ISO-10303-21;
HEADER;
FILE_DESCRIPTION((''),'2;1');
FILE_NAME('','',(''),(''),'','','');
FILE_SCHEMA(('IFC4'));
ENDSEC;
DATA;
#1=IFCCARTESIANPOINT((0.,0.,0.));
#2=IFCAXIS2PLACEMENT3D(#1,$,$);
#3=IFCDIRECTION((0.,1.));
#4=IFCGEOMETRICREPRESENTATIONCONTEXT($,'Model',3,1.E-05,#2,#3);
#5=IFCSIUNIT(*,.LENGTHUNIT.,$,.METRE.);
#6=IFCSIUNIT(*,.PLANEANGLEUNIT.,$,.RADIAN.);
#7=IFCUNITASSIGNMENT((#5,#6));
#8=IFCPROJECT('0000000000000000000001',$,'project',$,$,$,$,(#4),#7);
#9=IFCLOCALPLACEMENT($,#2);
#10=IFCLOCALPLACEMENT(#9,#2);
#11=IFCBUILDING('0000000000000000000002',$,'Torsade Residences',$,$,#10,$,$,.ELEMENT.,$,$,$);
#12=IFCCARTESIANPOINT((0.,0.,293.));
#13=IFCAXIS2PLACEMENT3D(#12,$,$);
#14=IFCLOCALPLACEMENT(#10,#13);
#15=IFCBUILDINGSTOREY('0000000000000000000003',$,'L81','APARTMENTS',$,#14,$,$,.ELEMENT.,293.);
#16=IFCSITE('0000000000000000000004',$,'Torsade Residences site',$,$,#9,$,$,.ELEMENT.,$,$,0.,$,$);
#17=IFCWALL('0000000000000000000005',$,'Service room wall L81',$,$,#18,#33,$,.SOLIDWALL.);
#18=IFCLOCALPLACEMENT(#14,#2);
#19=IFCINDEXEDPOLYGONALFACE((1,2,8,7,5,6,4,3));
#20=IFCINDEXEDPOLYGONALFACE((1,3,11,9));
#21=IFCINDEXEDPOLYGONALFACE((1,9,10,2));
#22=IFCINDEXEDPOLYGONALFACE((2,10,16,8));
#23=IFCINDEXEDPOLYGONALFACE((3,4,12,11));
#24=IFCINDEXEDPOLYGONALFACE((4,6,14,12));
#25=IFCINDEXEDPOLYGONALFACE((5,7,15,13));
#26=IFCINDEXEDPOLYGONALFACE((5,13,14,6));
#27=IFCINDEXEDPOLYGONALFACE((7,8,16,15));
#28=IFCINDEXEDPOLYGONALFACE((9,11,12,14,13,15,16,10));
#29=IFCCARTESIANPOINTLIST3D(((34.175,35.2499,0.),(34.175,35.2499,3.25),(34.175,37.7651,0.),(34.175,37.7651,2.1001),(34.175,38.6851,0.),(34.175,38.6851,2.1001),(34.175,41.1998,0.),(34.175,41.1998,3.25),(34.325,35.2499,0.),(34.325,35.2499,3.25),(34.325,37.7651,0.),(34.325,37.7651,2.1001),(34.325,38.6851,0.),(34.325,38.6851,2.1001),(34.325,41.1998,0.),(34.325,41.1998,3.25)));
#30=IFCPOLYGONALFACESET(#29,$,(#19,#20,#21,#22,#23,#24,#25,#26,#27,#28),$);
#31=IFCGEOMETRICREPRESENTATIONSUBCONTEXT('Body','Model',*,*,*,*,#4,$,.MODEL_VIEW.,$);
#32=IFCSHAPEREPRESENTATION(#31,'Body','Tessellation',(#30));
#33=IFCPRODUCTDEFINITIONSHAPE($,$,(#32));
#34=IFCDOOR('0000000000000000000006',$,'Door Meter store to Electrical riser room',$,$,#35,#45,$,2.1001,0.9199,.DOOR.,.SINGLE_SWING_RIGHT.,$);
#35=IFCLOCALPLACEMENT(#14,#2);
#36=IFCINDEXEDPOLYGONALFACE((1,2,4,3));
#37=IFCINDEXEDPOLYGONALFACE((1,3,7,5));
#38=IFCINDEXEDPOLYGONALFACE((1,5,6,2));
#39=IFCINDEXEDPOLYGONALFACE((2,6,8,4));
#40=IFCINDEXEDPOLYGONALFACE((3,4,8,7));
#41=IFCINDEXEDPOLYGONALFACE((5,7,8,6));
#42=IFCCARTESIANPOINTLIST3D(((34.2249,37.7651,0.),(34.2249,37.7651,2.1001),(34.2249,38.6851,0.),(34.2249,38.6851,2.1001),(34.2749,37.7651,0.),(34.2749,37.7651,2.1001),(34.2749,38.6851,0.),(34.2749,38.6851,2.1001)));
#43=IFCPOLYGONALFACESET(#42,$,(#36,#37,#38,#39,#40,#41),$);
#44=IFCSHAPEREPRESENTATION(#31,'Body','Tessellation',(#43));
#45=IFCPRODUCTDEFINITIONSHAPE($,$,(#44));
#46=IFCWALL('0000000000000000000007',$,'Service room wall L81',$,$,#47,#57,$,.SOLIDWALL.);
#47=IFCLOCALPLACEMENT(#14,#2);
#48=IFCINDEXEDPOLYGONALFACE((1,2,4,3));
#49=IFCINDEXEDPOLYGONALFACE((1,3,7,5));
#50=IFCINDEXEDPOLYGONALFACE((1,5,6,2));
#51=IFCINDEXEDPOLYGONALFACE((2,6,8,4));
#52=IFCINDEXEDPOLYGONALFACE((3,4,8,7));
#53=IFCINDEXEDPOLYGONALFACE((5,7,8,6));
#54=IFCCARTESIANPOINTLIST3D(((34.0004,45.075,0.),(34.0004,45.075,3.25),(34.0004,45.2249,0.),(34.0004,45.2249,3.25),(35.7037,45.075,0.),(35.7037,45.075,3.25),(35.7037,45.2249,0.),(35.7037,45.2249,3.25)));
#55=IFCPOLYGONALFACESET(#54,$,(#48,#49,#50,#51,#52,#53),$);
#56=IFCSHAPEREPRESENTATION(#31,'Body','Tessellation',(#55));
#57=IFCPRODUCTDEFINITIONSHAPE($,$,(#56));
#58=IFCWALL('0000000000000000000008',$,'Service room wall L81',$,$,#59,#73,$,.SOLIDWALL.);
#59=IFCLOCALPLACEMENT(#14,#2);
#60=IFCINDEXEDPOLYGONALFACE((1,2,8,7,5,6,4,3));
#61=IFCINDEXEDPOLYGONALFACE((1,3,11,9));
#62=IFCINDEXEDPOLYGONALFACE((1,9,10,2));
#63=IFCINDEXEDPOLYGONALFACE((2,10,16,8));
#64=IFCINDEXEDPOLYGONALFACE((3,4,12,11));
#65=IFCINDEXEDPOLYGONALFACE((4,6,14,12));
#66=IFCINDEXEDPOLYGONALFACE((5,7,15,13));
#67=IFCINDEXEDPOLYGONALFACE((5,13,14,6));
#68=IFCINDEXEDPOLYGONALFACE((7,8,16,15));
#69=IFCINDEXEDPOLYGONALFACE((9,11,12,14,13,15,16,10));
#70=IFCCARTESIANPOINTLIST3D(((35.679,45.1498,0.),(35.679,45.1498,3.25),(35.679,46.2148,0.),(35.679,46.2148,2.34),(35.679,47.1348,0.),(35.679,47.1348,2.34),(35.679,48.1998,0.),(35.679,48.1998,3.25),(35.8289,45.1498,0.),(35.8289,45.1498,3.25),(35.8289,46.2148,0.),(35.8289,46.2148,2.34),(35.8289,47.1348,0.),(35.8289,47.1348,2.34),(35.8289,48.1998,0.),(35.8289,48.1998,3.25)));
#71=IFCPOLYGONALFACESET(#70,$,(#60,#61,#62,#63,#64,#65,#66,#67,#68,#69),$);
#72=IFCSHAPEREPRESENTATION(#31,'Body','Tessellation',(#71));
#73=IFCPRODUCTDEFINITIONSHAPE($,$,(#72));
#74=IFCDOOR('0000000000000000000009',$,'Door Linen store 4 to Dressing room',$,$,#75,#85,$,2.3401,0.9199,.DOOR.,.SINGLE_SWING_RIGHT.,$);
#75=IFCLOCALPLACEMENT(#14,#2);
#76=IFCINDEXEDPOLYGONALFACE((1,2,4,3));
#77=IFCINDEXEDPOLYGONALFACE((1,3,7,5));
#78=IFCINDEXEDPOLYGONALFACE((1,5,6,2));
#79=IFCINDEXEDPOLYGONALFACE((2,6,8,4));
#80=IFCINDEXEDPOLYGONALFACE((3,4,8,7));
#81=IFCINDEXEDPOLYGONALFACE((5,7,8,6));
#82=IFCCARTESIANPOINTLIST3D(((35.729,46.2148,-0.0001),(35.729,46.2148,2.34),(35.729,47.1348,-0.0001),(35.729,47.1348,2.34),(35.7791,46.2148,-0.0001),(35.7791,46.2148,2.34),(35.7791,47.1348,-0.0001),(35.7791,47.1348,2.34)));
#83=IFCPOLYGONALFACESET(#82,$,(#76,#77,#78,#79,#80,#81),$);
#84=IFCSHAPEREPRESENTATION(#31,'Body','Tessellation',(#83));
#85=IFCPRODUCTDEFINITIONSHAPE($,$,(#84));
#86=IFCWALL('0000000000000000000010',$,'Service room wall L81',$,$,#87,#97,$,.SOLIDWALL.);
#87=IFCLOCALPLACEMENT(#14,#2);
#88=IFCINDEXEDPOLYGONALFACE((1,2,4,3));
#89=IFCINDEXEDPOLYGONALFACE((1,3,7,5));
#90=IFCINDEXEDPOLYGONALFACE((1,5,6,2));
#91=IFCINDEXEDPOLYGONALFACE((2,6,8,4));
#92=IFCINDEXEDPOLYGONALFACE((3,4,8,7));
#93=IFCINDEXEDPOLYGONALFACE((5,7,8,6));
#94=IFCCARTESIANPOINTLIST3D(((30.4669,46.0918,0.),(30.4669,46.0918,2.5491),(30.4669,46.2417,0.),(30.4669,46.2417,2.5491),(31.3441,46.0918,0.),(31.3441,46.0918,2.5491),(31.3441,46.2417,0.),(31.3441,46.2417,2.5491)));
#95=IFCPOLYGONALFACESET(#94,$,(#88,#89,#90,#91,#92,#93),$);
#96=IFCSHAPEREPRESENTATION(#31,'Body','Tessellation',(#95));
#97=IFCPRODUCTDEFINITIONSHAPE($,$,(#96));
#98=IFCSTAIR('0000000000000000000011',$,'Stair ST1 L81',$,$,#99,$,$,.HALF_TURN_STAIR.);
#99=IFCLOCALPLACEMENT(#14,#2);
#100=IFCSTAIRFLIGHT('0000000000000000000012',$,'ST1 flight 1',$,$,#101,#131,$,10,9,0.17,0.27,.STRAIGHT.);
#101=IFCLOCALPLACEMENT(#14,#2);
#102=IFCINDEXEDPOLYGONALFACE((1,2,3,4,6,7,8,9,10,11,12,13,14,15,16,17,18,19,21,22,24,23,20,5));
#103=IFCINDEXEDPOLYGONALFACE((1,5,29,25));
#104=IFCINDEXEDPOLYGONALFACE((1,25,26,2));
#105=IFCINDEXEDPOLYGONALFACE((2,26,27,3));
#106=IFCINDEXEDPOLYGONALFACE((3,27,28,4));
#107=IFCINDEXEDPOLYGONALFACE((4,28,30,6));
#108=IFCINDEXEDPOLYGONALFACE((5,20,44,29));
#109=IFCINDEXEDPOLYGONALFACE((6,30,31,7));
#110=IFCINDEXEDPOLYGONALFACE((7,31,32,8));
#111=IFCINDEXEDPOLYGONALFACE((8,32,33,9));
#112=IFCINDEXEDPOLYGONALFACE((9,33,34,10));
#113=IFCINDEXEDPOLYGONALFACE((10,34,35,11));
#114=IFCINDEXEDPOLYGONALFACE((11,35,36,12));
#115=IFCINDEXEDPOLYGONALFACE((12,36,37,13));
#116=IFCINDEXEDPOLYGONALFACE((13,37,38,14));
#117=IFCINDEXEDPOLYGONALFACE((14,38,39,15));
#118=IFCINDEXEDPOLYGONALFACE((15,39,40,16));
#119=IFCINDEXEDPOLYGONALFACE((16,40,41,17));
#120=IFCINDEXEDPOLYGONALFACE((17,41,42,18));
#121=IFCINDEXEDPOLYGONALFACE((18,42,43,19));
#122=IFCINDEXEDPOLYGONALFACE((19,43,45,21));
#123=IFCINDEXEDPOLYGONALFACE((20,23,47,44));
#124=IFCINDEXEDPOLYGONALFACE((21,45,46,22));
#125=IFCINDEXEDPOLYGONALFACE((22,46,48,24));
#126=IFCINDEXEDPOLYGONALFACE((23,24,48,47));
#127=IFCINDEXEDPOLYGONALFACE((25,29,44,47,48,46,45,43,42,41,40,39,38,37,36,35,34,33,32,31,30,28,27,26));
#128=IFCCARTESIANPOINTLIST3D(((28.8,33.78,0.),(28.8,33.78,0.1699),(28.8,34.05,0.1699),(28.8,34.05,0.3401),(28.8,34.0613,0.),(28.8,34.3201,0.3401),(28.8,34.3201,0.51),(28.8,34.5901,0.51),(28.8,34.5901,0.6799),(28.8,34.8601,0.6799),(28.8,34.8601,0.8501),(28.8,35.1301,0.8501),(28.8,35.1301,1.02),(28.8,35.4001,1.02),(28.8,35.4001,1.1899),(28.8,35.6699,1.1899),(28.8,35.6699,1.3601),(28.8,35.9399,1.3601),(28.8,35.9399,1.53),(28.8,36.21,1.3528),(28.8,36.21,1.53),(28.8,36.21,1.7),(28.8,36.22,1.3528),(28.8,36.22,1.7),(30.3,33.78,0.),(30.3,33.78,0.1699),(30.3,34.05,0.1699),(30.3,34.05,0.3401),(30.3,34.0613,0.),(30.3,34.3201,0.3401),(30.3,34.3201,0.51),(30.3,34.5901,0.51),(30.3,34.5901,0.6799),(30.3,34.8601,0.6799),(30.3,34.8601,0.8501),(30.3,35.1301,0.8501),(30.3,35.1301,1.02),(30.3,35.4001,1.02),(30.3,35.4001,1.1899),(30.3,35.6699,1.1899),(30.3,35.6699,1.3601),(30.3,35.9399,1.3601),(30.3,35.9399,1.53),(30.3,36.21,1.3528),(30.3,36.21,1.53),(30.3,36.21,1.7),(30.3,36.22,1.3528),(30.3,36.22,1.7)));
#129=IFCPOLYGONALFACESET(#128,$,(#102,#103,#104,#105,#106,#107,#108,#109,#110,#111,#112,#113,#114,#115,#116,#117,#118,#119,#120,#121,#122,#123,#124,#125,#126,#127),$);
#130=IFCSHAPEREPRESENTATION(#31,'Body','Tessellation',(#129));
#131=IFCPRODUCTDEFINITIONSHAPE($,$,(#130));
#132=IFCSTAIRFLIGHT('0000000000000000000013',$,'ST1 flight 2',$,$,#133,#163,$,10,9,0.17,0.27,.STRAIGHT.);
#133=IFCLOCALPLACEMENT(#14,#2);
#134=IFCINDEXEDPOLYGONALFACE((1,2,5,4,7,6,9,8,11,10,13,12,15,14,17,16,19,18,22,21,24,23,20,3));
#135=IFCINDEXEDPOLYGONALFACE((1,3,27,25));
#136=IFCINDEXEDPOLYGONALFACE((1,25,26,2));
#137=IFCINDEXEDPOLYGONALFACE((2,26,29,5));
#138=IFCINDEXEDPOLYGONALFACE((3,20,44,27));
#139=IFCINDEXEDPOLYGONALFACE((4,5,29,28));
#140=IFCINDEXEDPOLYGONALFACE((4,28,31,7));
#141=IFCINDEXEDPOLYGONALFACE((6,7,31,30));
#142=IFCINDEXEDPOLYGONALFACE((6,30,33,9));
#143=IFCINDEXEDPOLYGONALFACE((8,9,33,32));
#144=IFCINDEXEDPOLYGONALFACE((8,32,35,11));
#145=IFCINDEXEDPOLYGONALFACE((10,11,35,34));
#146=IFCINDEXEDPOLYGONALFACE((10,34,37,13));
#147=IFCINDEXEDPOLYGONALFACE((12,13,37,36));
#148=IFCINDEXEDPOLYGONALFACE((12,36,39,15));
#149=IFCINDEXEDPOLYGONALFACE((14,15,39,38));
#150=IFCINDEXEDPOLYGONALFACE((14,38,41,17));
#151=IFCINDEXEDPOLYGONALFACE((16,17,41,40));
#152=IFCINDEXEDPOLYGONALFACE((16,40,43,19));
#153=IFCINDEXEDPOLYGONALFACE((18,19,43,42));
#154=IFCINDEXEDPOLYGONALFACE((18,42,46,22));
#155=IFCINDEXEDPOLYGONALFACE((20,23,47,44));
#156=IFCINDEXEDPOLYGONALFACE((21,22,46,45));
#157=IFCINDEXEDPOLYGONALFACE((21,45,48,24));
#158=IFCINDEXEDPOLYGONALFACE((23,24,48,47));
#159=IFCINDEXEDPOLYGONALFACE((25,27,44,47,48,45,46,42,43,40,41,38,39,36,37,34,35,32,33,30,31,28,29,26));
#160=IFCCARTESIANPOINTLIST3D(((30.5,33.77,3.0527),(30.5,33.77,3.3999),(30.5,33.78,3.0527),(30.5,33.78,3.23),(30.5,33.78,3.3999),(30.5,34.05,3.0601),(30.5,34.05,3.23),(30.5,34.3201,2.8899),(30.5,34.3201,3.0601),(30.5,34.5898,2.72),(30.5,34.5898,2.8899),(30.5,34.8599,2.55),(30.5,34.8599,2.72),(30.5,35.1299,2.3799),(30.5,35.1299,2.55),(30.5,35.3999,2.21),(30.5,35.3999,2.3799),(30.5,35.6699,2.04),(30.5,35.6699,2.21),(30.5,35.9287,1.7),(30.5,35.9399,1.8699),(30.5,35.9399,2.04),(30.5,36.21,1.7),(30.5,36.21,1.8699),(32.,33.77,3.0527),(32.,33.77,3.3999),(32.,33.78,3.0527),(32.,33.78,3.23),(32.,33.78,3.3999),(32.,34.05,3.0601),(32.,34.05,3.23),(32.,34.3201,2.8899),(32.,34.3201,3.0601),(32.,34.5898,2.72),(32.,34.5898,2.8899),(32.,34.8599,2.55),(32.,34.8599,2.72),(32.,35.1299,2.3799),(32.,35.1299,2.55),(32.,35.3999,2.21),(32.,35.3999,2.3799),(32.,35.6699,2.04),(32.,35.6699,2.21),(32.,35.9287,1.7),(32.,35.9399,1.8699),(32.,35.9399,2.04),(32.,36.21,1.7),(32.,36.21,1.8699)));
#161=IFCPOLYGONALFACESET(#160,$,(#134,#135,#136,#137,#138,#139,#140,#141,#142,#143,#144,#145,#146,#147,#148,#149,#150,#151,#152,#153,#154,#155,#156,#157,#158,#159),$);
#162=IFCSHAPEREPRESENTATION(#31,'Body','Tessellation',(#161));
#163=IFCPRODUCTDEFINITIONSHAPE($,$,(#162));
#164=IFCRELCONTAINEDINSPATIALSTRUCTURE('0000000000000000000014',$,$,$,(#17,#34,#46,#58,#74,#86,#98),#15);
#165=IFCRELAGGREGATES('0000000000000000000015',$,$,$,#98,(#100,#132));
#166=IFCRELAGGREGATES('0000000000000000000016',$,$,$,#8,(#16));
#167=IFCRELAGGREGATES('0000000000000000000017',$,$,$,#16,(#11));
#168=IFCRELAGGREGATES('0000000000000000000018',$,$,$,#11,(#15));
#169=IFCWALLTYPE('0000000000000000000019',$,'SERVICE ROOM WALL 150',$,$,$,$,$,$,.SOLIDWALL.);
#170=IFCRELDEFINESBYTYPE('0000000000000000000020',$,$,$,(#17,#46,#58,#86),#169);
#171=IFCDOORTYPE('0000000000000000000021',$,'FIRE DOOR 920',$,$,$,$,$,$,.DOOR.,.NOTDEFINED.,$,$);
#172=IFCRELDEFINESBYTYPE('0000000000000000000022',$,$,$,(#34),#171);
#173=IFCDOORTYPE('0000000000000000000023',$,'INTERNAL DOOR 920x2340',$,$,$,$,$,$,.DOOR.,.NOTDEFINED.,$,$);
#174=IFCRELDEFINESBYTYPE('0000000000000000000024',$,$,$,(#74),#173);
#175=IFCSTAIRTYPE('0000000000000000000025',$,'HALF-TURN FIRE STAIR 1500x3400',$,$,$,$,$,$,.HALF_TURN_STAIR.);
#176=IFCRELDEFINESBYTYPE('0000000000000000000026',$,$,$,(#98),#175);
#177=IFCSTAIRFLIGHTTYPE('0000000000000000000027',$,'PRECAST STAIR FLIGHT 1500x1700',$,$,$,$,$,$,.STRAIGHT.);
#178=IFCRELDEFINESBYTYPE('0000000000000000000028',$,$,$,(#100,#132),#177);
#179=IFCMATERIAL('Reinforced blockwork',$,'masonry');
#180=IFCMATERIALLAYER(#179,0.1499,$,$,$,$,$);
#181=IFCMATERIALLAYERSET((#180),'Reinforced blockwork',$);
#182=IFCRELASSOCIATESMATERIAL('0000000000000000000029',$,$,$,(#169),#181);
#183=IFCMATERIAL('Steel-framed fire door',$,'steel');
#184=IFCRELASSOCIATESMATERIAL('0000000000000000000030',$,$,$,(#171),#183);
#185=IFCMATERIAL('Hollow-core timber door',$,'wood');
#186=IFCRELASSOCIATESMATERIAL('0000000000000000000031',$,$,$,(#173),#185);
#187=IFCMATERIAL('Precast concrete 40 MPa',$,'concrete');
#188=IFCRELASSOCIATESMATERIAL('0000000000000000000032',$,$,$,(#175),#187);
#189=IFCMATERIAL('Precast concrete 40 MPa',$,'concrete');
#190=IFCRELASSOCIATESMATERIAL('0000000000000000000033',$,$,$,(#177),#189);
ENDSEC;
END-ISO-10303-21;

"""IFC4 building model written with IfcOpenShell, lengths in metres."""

from ifc_helpers import new_model, si_unit, direction, frame, frame_2d, origin, place, context, subcontext, project, spatial, polyline, rectangle, outline, extrude, material, layer, layer_set, type_object, element, fill, aggregate, save


model = new_model("IFC4")

# Units and contexts
model_context = context("Model", 3, precision=1e-05, world=origin(), true_north=direction((0.0, 1.0)))
body_context = subcontext(model_context, "Body", "Model", "MODEL_VIEW")
ifc_project = project(units=[si_unit("LENGTHUNIT", "METRE"), si_unit("PLANEANGLEUNIT", "RADIAN")], contexts=[model_context])

# Site, building, storey
site_placement = place(None, origin())
site = spatial("IfcSite", under=ifc_project, at=site_placement, Name="Torsade Residences site", CompositionType="ELEMENT", RefElevation=0.0)
building_placement = place(site_placement, origin())
building = spatial("IfcBuilding", under=site, at=building_placement, Name="Torsade Residences", CompositionType="ELEMENT")
storey_placement = place(building_placement, frame((0.0, 0.0, 293.0)))
storey = spatial("IfcBuildingStorey", under=building, at=storey_placement, Name="L81", Description="APARTMENTS", CompositionType="ELEMENT", Elevation=293.0)

# Wall, opening, door
ifc_material_1 = material(Name="Reinforced blockwork", Category="masonry")
ifc_layer_1 = layer(ifc_material_1, 0.1499)
ifc_layer_set_1 = layer_set([ifc_layer_1], Name="Reinforced blockwork")
wall_type_1 = type_object("IfcWallType", Name="SERVICE ROOM WALL 150", PredefinedType="SOLIDWALL", material=ifc_layer_set_1)
wall_1_placement = place(storey_placement, frame((34.25, 41.2, 0.0), z_axis=(0.0, 0.0, 1.0), x_axis=(0.0, -1.0, 0.0)))
wall_1 = element("IfcWall", 1, at=wall_1_placement, inside=storey, type_object=wall_type_1, Name="Service room wall L81", PredefinedType="SOLIDWALL", context=body_context, shape_type="SweptSolid", body=[
    extrude(rectangle(XDim=5.95, YDim=0.1499, at=frame_2d((2.9751, 0.0))), origin(), (0.0, 0.0, 1.0), 3.25),
])
opening_1_placement = place(wall_1_placement, frame((2.5149, 0.0, 0.0)))
opening_1 = element("IfcOpeningElement", 2, at=opening_1_placement, cuts=wall_1, PredefinedType="OPENING", context=body_context, shape_type="SweptSolid", body=[
    extrude(rectangle(XDim=0.9199, YDim=2.1001, at=frame_2d((0.46, 1.05))), frame((0.0, 0.085, 0.0), z_axis=(0.0, -1.0, 0.0), x_axis=(1.0, 0.0, 0.0)), (0.0, 0.0, 1.0), 0.1699),
])
ifc_material_2 = material(Name="Steel-framed fire door", Category="steel")
door_type_1 = type_object("IfcDoorType", Name="FIRE DOOR 920", OperationType="NOTDEFINED", PredefinedType="DOOR", material=ifc_material_2)
door_1_placement = place(opening_1_placement, origin())
door_1 = element("IfcDoor", 3, at=door_1_placement, inside=storey, type_object=door_type_1, Name="Door Meter store to Electrical riser room", OperationType="SINGLE_SWING_RIGHT", OverallHeight=2.1001, OverallWidth=0.9199, PredefinedType="DOOR", context=body_context, shape_type="SweptSolid", body=[
    extrude(rectangle(XDim=0.9199, YDim=2.1001, at=frame_2d((0.46, 1.05))), frame((0.0, 0.0249, 0.0), z_axis=(0.0, -1.0, 0.0), x_axis=(1.0, 0.0, 0.0)), (0.0, 0.0, 1.0), 0.05),
])
fill(opening_1, door_1)

# Wall
wall_2_placement = place(storey_placement, frame((34.0005, 45.1499, 0.0), z_axis=(0.0, 0.0, 1.0), x_axis=(1.0, 0.0, 0.0)))
element("IfcWall", 4, at=wall_2_placement, inside=storey, type_object=wall_type_1, Name="Service room wall L81", PredefinedType="SOLIDWALL", context=body_context, shape_type="SweptSolid", body=[
    extrude(rectangle(XDim=1.7034, YDim=0.1499, at=frame_2d((0.8516, 0.0))), origin(), (0.0, 0.0, 1.0), 3.25),
])

# Wall, opening, door
wall_3_placement = place(storey_placement, frame((35.7539, 45.1499, 0.0), z_axis=(0.0, 0.0, 1.0), x_axis=(0.0, 1.0, 0.0)))
wall_3 = element("IfcWall", 5, at=wall_3_placement, inside=storey, type_object=wall_type_1, Name="Service room wall L81", PredefinedType="SOLIDWALL", context=body_context, shape_type="SweptSolid", body=[
    extrude(rectangle(XDim=3.05, YDim=0.1499, at=frame_2d((1.5249, 0.0))), origin(), (0.0, 0.0, 1.0), 3.25),
])
opening_2_placement = place(wall_3_placement, frame((1.0649, 0.0, 0.0)))
opening_2 = element("IfcOpeningElement", 6, at=opening_2_placement, cuts=wall_3, PredefinedType="OPENING", context=body_context, shape_type="SweptSolid", body=[
    extrude(rectangle(XDim=0.9199, YDim=2.3401, at=frame_2d((0.46, 1.1699))), frame((0.0, 0.085, 0.0), z_axis=(0.0, -1.0, 0.0), x_axis=(1.0, 0.0, 0.0)), (0.0, 0.0, 1.0), 0.1699),
])
ifc_material_3 = material(Name="Hollow-core timber door", Category="wood")
door_type_2 = type_object("IfcDoorType", Name="INTERNAL DOOR 920x2340", OperationType="NOTDEFINED", PredefinedType="DOOR", material=ifc_material_3)
door_2_placement = place(opening_2_placement, origin())
door_2 = element("IfcDoor", 7, at=door_2_placement, inside=storey, type_object=door_type_2, Name="Door Linen store 4 to Dressing room", OperationType="SINGLE_SWING_RIGHT", OverallHeight=2.3401, OverallWidth=0.9199, PredefinedType="DOOR", context=body_context, shape_type="SweptSolid", body=[
    extrude(rectangle(XDim=0.9199, YDim=2.3401, at=frame_2d((0.46, 1.1699))), frame((0.0, 0.0249, 0.0), z_axis=(0.0, -1.0, 0.0), x_axis=(1.0, 0.0, 0.0)), (0.0, 0.0, 1.0), 0.05),
])
fill(opening_2, door_2)

# Wall
wall_4_placement = place(storey_placement, frame((30.467, 46.1667, 0.0), z_axis=(0.0, 0.0, 1.0), x_axis=(1.0, 0.0, 0.0)))
element("IfcWall", 8, at=wall_4_placement, inside=storey, type_object=wall_type_1, Name="Service room wall L81", PredefinedType="SOLIDWALL", context=body_context, shape_type="SweptSolid", body=[
    extrude(rectangle(XDim=0.8772, YDim=0.1499, at=frame_2d((0.4385, 0.0))), origin(), (0.0, 0.0, 1.0), 2.5491),
])

# Stair, stair flights
ifc_material_4 = material(Name="Precast concrete 40 MPa", Category="concrete")
stair_type = type_object("IfcStairType", Name="HALF-TURN FIRE STAIR 1500x3400", PredefinedType="HALF_TURN_STAIR", material=ifc_material_4)
stair_placement = place(storey_placement, origin())
stair = element("IfcStair", 9, at=stair_placement, inside=storey, type_object=stair_type, Name="Stair ST1 L81", PredefinedType="HALF_TURN_STAIR")
ifc_material_5 = material(Name="Precast concrete 40 MPa", Category="concrete")
stair_flight_type = type_object("IfcStairFlightType", Name="PRECAST STAIR FLIGHT 1500x1700", PredefinedType="STRAIGHT", material=ifc_material_5)
stair_flight_1_placement = place(storey_placement, frame((29.55, 33.78, 0.0), z_axis=(0.0, 0.0, 1.0), x_axis=(0.0, 1.0, 0.0)))
stair_flight_1 = element("IfcStairFlight", 10, at=stair_flight_1_placement, type_object=stair_flight_type, Name="ST1 flight 1", NumberOfRisers=10, NumberOfTreads=9, PredefinedType="STRAIGHT", RiserHeight=0.17, TreadLength=0.27, context=body_context, shape_type="SweptSolid", body=[
    extrude(outline(polyline([(0.0, 0.0), (0.0, 0.1699), (0.27, 0.1699), (0.27, 0.3401), (0.54, 0.3401), (0.54, 0.51), (0.8101, 0.51), (0.8101, 0.6799), (1.0801, 0.6799), (1.0801, 0.8501), (1.3501, 0.8501), (1.3501, 1.02), (1.6201, 1.02), (1.6201, 1.1899), (1.8899, 1.1899), (1.8899, 1.3601), (2.1599, 1.3601), (2.1599, 1.53), (2.4299, 1.53), (2.4299, 1.7), (2.4399, 1.7), (2.4399, 1.3528), (2.4299, 1.3528), (0.2812, 0.0), (0.0, 0.0)])), frame((0.0, 0.75, 0.0), z_axis=(0.0, -1.0, 0.0), x_axis=(1.0, 0.0, 0.0)), (0.0, 0.0, 1.0), 1.5),
])
stair_flight_2_placement = place(storey_placement, frame((31.25, 36.21, 1.7), z_axis=(0.0, 0.0, 1.0), x_axis=(0.0, -1.0, 0.0)))
stair_flight_2 = element("IfcStairFlight", 11, at=stair_flight_2_placement, type_object=stair_flight_type, Name="ST1 flight 2", NumberOfRisers=10, NumberOfTreads=9, PredefinedType="STRAIGHT", RiserHeight=0.17, TreadLength=0.27, context=body_context, shape_type="SweptSolid", body=[
    extrude(outline(polyline([(0.0, 0.0), (0.0, 0.1699), (0.27, 0.1699), (0.27, 0.3401), (0.54, 0.3401), (0.54, 0.51), (0.8101, 0.51), (0.8101, 0.6799), (1.0801, 0.6799), (1.0801, 0.8501), (1.3501, 0.8501), (1.3501, 1.02), (1.6201, 1.02), (1.6201, 1.1899), (1.8899, 1.1899), (1.8899, 1.3601), (2.1599, 1.3601), (2.1599, 1.53), (2.4299, 1.53), (2.4299, 1.7), (2.4399, 1.7), (2.4399, 1.3528), (2.4299, 1.3528), (0.2812, 0.0), (0.0, 0.0)])), frame((0.0, 0.75, 0.0), z_axis=(0.0, -1.0, 0.0), x_axis=(1.0, 0.0, 0.0)), (0.0, 0.0, 1.0), 1.5),
])
aggregate(stair, [stair_flight_1, stair_flight_2])

save(model, "model.ifc")
